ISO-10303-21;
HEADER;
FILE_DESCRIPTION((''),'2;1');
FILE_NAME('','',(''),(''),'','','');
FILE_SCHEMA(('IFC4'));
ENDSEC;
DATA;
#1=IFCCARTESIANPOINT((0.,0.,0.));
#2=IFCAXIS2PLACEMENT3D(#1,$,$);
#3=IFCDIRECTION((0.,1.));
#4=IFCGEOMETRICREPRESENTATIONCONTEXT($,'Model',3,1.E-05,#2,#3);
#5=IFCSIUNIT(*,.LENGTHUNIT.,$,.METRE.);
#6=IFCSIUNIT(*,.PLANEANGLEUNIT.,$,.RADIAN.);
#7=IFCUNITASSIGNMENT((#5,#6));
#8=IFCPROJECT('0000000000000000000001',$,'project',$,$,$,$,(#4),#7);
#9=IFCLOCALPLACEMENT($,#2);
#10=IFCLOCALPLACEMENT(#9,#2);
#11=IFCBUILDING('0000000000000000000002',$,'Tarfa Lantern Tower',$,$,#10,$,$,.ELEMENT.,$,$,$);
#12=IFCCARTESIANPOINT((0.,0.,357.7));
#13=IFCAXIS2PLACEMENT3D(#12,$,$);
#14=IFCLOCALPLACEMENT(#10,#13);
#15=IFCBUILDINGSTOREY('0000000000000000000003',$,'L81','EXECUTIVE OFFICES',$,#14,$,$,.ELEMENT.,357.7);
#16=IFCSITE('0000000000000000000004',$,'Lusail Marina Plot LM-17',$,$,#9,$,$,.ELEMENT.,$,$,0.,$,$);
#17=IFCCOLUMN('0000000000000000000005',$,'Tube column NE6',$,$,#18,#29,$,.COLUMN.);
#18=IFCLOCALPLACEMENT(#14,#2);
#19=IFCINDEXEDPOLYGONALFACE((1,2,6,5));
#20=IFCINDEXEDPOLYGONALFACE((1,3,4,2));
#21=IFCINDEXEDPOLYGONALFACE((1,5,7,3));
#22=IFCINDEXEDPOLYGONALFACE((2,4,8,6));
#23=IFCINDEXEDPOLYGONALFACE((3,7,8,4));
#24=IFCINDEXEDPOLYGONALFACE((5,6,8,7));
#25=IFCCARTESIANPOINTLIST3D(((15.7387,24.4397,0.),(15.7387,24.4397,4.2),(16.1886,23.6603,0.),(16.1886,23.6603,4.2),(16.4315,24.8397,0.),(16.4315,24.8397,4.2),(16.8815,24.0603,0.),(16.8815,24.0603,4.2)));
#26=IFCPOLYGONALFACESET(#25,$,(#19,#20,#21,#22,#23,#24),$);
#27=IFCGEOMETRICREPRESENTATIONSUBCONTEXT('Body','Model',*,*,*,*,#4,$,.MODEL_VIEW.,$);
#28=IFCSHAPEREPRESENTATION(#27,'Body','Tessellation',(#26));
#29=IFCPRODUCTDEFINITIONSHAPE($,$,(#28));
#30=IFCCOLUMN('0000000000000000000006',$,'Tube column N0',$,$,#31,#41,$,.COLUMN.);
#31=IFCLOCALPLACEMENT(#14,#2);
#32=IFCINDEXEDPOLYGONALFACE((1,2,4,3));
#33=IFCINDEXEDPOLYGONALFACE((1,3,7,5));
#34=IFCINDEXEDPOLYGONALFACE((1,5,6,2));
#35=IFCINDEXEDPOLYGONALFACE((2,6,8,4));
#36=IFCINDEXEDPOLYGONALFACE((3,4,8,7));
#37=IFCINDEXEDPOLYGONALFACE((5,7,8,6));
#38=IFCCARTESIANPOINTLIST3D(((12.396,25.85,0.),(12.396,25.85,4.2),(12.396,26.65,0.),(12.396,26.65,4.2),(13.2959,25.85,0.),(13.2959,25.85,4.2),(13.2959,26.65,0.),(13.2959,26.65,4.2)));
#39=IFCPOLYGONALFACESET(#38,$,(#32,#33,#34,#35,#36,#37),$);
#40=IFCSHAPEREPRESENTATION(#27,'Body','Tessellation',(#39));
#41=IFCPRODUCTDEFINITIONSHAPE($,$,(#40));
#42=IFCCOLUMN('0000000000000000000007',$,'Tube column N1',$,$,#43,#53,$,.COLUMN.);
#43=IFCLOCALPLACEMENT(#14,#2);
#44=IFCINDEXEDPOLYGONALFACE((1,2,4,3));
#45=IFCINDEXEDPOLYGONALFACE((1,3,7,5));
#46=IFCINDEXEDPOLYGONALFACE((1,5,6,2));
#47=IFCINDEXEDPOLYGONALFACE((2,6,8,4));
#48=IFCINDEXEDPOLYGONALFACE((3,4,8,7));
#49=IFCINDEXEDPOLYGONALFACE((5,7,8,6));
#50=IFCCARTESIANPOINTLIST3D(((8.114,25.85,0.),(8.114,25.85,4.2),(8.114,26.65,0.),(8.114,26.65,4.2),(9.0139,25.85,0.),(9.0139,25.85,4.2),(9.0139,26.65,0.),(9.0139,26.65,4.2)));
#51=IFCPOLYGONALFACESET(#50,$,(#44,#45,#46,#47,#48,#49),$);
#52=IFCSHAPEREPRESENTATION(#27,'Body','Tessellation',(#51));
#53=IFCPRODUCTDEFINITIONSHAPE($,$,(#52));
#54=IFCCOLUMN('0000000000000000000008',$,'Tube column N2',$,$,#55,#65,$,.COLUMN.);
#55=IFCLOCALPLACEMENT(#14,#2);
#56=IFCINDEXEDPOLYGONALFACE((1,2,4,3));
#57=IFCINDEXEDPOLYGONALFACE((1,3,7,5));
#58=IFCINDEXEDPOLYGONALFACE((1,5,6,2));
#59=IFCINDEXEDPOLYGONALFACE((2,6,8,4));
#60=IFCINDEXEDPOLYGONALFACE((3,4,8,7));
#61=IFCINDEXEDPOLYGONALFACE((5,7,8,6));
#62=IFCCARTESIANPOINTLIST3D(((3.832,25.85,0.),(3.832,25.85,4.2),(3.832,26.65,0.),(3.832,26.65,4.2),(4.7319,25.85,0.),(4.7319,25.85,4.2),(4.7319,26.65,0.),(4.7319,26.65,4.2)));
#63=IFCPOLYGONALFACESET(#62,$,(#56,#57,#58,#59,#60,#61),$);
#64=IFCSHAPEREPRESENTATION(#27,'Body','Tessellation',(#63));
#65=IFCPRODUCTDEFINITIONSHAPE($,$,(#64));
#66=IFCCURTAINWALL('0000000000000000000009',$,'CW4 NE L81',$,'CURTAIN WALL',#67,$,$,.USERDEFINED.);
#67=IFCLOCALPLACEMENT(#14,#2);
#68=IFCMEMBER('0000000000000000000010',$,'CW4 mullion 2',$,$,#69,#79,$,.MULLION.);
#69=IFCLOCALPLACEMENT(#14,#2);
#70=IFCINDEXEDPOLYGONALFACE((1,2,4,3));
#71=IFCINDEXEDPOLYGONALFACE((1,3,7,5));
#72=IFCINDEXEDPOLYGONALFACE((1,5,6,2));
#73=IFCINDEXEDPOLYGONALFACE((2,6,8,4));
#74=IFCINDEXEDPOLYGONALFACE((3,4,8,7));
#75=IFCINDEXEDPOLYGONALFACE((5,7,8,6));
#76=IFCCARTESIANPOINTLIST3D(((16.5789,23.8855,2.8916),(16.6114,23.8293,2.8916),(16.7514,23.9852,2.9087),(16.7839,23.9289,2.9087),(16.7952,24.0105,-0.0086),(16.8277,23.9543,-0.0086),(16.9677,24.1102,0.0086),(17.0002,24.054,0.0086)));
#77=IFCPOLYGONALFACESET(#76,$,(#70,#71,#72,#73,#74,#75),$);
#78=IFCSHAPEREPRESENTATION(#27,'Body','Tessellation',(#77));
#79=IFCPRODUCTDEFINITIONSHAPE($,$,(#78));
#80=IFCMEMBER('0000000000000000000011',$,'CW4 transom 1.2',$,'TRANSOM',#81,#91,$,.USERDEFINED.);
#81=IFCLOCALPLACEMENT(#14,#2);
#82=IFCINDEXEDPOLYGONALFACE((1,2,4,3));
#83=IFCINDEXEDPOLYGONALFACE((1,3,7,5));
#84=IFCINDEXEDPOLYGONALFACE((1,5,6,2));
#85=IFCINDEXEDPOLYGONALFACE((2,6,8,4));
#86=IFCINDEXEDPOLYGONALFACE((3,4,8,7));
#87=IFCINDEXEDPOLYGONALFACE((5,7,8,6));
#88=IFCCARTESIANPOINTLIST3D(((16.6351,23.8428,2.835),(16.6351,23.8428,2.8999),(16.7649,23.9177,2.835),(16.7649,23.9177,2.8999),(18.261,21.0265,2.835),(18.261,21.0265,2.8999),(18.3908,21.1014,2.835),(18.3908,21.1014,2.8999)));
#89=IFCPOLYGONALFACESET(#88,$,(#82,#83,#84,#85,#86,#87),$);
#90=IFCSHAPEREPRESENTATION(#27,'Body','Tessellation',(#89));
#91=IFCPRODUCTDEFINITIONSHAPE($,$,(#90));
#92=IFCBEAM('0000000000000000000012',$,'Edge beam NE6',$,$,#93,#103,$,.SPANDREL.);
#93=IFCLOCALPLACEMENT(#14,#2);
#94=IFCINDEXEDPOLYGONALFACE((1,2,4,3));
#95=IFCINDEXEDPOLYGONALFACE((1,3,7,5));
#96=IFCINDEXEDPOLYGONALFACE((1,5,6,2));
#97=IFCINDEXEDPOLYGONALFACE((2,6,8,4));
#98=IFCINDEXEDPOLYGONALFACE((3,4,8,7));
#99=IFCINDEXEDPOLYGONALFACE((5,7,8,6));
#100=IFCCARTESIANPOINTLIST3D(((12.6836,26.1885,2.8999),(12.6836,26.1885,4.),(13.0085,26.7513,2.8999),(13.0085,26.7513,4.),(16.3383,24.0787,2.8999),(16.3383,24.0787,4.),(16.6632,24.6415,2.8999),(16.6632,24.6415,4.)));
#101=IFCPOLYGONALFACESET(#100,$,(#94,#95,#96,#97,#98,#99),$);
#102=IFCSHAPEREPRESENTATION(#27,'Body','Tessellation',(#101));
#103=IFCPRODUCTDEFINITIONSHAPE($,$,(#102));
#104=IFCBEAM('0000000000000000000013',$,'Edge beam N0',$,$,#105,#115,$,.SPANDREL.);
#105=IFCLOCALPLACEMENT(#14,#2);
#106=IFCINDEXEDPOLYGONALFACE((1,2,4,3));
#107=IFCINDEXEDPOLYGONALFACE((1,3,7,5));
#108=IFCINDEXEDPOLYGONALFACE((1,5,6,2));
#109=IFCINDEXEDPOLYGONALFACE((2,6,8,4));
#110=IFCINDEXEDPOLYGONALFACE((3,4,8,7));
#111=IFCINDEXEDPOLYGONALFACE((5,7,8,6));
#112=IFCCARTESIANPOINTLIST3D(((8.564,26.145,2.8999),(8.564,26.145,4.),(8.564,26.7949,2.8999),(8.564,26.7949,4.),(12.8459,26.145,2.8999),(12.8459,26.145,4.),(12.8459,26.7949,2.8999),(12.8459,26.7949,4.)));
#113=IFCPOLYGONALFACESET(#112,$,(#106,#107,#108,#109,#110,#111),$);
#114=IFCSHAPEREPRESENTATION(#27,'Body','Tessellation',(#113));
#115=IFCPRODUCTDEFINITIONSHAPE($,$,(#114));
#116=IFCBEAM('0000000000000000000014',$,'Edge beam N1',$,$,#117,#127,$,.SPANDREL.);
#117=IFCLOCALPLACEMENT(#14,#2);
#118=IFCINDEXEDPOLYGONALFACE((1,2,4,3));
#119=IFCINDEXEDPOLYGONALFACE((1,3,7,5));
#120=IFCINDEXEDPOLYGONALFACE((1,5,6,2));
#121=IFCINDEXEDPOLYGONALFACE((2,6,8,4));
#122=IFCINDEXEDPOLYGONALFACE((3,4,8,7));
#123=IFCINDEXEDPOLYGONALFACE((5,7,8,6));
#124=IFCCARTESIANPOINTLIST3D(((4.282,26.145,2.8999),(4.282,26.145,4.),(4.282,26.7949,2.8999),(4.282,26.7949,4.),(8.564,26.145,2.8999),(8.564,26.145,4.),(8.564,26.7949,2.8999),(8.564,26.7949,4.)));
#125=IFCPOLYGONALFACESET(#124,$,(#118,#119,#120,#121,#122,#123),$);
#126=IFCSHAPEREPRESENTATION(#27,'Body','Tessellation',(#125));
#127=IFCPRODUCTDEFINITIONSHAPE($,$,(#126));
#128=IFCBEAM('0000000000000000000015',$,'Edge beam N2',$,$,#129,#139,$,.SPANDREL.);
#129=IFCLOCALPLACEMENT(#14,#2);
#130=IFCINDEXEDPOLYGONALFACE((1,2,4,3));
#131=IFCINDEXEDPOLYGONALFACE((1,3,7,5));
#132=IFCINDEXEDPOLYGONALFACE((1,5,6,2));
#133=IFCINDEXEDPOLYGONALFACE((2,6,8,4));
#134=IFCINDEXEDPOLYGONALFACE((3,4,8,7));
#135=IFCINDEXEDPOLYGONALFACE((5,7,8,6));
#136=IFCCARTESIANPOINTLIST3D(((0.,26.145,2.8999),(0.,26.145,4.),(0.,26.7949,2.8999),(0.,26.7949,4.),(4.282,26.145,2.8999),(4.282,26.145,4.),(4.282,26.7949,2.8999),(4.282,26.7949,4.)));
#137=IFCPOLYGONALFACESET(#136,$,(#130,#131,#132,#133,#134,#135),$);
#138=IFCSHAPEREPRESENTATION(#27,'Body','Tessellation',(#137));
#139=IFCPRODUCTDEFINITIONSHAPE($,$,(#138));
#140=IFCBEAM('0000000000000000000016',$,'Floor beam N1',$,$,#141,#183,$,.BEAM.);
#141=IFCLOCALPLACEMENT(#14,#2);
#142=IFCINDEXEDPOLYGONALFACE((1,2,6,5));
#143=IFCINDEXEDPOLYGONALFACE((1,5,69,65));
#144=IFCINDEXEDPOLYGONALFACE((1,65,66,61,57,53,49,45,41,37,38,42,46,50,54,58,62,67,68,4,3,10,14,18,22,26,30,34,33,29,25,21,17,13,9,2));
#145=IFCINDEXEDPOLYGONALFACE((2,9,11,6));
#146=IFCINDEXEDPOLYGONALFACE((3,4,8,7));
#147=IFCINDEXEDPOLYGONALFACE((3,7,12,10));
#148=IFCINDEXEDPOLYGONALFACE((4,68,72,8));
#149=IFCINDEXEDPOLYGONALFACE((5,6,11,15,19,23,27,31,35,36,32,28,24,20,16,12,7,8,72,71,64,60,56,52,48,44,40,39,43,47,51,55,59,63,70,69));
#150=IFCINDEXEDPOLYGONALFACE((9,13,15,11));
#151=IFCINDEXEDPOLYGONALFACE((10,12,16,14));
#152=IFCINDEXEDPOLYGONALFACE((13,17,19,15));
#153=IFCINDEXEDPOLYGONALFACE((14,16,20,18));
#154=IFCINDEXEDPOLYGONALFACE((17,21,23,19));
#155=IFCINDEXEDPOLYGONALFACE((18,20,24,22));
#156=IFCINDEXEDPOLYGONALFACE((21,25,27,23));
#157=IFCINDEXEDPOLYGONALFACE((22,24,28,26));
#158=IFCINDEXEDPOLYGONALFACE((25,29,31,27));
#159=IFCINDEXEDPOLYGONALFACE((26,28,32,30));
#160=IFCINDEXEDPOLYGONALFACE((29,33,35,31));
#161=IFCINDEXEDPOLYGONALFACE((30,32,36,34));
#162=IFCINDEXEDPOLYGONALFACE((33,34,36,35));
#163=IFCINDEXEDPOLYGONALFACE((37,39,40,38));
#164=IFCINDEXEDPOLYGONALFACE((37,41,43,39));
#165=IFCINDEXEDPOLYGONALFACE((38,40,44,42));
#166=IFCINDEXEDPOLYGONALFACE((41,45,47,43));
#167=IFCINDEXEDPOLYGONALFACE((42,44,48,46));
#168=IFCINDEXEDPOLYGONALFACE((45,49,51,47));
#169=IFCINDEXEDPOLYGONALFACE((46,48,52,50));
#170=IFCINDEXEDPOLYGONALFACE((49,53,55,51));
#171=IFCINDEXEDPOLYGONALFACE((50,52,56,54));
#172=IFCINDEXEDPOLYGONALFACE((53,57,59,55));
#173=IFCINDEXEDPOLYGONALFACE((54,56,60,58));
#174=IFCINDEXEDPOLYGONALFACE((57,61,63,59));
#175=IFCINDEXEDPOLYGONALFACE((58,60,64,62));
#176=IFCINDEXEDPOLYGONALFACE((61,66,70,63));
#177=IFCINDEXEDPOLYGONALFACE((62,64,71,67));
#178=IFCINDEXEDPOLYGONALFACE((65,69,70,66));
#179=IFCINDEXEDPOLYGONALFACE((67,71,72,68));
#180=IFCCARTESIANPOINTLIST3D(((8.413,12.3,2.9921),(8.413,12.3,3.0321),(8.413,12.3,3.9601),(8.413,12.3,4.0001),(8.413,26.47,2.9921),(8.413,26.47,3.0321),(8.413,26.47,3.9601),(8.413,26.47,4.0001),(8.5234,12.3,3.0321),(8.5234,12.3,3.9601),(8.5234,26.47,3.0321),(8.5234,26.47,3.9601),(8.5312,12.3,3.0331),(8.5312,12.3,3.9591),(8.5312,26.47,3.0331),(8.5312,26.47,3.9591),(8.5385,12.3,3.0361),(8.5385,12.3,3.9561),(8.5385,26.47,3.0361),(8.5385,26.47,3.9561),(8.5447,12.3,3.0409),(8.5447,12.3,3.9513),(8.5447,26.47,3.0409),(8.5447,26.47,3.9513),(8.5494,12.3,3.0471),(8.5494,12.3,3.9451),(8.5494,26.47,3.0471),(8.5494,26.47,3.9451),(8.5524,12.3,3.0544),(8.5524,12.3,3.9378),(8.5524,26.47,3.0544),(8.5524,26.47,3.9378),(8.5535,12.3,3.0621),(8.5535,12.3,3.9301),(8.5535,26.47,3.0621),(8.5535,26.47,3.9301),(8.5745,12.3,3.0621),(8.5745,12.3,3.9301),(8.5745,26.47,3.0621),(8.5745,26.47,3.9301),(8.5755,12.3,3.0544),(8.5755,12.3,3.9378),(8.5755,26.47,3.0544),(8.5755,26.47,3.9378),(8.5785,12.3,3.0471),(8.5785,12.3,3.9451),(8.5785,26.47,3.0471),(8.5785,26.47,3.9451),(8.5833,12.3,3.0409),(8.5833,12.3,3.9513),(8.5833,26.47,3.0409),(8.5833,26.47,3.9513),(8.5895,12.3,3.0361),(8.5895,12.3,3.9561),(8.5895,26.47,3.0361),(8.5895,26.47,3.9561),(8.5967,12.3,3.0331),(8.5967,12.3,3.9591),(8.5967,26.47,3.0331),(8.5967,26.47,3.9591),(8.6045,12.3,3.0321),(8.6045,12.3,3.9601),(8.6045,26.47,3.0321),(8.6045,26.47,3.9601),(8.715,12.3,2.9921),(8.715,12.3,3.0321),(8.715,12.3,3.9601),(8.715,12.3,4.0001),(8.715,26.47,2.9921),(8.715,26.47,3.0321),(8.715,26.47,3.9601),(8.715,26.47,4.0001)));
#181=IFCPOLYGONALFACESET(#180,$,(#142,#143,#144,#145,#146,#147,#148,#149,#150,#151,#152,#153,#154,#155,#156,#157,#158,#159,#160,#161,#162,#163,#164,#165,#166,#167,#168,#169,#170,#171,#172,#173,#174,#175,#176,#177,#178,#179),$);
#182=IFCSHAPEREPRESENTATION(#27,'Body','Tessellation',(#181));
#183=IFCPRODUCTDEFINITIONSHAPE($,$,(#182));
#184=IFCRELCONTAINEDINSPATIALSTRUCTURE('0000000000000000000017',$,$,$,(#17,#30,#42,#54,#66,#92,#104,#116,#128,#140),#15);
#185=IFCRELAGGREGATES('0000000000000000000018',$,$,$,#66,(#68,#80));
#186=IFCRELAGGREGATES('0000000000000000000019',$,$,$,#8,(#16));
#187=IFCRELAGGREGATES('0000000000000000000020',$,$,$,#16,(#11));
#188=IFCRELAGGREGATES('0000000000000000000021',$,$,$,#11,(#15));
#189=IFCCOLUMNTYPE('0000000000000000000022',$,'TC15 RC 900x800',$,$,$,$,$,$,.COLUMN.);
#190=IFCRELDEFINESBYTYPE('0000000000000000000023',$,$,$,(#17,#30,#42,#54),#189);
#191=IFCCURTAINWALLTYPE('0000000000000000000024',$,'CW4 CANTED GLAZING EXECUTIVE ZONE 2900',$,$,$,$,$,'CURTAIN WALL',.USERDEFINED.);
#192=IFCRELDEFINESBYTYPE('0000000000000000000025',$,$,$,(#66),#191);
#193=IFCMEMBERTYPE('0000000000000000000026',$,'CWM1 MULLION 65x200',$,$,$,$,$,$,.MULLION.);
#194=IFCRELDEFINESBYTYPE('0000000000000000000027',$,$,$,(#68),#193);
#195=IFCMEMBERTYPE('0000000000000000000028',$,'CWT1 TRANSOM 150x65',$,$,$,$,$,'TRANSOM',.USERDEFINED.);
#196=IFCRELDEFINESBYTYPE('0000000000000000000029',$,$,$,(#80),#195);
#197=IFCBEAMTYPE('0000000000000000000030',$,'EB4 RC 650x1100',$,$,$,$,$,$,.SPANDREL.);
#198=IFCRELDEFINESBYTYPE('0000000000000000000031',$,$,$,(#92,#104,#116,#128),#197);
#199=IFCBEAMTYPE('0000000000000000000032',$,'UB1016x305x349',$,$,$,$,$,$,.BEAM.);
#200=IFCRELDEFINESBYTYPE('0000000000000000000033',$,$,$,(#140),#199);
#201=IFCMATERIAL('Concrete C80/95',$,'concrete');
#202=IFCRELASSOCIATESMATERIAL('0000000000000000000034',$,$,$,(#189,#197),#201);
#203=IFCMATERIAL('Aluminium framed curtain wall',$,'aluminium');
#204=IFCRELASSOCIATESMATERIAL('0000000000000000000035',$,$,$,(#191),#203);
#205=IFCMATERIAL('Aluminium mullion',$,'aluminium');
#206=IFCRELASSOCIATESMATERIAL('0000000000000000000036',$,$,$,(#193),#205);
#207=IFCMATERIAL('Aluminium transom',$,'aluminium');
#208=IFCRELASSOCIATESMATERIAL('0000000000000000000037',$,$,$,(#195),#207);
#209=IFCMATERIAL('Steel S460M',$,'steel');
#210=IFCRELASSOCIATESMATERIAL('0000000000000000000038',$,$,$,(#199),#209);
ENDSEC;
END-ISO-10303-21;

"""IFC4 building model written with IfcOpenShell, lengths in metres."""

from ifc_helpers import new_model, si_unit, direction, frame, origin, origin_2d, place, context, subcontext, project, spatial, rectangle, i_section, extrude, material, material_profile, profile_set, type_object, element, aggregate, save


model = new_model("IFC4")

# Units and contexts
model_context = context("Model", 3, precision=1e-05, world=origin(), true_north=direction((0.0, 1.0)))
body_context = subcontext(model_context, "Body", "Model", "MODEL_VIEW")
ifc_project = project(units=[si_unit("LENGTHUNIT", "METRE"), si_unit("PLANEANGLEUNIT", "RADIAN")], contexts=[model_context])

# Site, building, storey
site_placement = place(None, origin())
site = spatial("IfcSite", under=ifc_project, at=site_placement, Name="Lusail Marina Plot LM-17", CompositionType="ELEMENT", RefElevation=0.0)
building_placement = place(site_placement, origin())
building = spatial("IfcBuilding", under=site, at=building_placement, Name="Tarfa Lantern Tower", CompositionType="ELEMENT")
storey_placement = place(building_placement, frame((0.0, 0.0, 357.7)))
storey = spatial("IfcBuildingStorey", under=building, at=storey_placement, Name="L81", Description="EXECUTIVE OFFICES", CompositionType="ELEMENT", Elevation=357.7)

# Columns
ifc_material_1 = material(Name="Concrete C80/95", Category="concrete")
ifc_material_profile_1 = material_profile(ifc_material_1, rectangle(XDim=0.8999, YDim=0.8, at=origin_2d()), Name="RC 900x800")
ifc_profile_set_1 = profile_set([ifc_material_profile_1], Name="Concrete C80/95")
column_type = type_object("IfcColumnType", Name="TC15 RC 900x800", PredefinedType="COLUMN", material=ifc_profile_set_1)
for number, where, z_axis, x_axis, name in (
    (1, (16.3101, 24.25, 0.0), (0.0, 0.0, 1.0), (-0.5, 0.866025, 0.0), "Tube column NE6"),
    (2, (12.8459, 26.25, 0.0), (0.0, 0.0, 1.0), (-1.0, 0.0, 0.0), "Tube column N0"),
    (3, (8.564, 26.25, 0.0), (0.0, 0.0, 1.0), (-1.0, 0.0, 0.0), "Tube column N1"),
    (4, (4.282, 26.25, 0.0), (0.0, 0.0, 1.0), (-1.0, 0.0, 0.0), "Tube column N2"),
):
    element("IfcColumn", number, at=place(storey_placement, frame(where, z_axis=z_axis, x_axis=x_axis)), inside=storey, type_object=column_type, Name=name, PredefinedType="COLUMN", context=body_context, shape_type="SweptSolid", body=[
        extrude(rectangle(XDim=0.8999, YDim=0.8, at=origin_2d()), origin(), (0.0, 0.0, 1.0), 4.2),
    ])

# Curtain wall, members
ifc_material_2 = material(Name="Aluminium framed curtain wall", Category="aluminium")
curtain_wall_type = type_object("IfcCurtainWallType", Name="CW4 CANTED GLAZING EXECUTIVE ZONE 2900", ElementType="CURTAIN WALL", PredefinedType="USERDEFINED", material=ifc_material_2)
curtain_wall_placement = place(storey_placement, origin())
curtain_wall = element("IfcCurtainWall", 5, at=curtain_wall_placement, inside=storey, type_object=curtain_wall_type, Name="CW4 NE L81", ObjectType="CURTAIN WALL", PredefinedType="USERDEFINED")
ifc_material_3 = material(Name="Aluminium mullion", Category="aluminium")
ifc_material_profile_2 = material_profile(ifc_material_3, rectangle(XDim=0.0649, YDim=0.2, at=origin_2d()), Name="AL MULLION 65x200")
ifc_profile_set_2 = profile_set([ifc_material_profile_2], Name="Aluminium mullion")
member_type_1 = type_object("IfcMemberType", Name="CWM1 MULLION 65x200", PredefinedType="MULLION", material=ifc_profile_set_2)
member_1_placement = place(storey_placement, frame((16.8977, 24.0322, 0.0), z_axis=(-0.07431, -0.042942, 0.99631), x_axis=(0.500343, -0.865827, 0.0)))
member_1 = element("IfcMember", 6, at=member_1_placement, type_object=member_type_1, Name="CW4 mullion 2", PredefinedType="MULLION", context=body_context, shape_type="SweptSolid", body=[
    extrude(rectangle(XDim=0.0649, YDim=0.2, at=origin_2d()), origin(), (0.0, 0.0, 1.0), 2.9109),
])
ifc_material_4 = material(Name="Aluminium transom", Category="aluminium")
ifc_material_profile_3 = material_profile(ifc_material_4, rectangle(XDim=0.1499, YDim=0.0649, at=origin_2d()), Name="AL TRANSOM 150x65")
ifc_profile_set_3 = profile_set([ifc_material_profile_3], Name="Aluminium transom")
member_type_2 = type_object("IfcMemberType", Name="CWT1 TRANSOM 150x65", ElementType="TRANSOM", PredefinedType="USERDEFINED", material=ifc_profile_set_3)
member_2_placement = place(storey_placement, frame((18.3259, 21.064, 2.8674), z_axis=(-0.499982, 0.866036, 0.0), x_axis=(-0.866036, -0.499982, 0.0)))
member_2 = element("IfcMember", 7, at=member_2_placement, type_object=member_type_2, Name="CW4 transom 1.2", ObjectType="TRANSOM", PredefinedType="USERDEFINED", context=body_context, shape_type="SweptSolid", body=[
    extrude(rectangle(XDim=0.1499, YDim=0.0649, at=origin_2d()), origin(), (0.0, 0.0, 1.0), 3.252),
])
aggregate(curtain_wall, [member_1, member_2])

# Beams
ifc_material_profile_4 = material_profile(ifc_material_1, rectangle(XDim=0.6499, YDim=1.1001, at=origin_2d()), Name="RC 650x1100")
ifc_profile_set_4 = profile_set([ifc_material_profile_4], Name="Concrete C80/95")
beam_type_1 = type_object("IfcBeamType", Name="EB4 RC 650x1100", PredefinedType="SPANDREL", material=ifc_profile_set_4)
beam_1_placement = place(storey_placement, frame((16.5007, 24.3601, 3.45), z_axis=(-0.866049, 0.499959, 0.0), x_axis=(-0.499959, -0.866049, 0.0)))
element("IfcBeam", 8, at=beam_1_placement, inside=storey, type_object=beam_type_1, Name="Edge beam NE6", PredefinedType="SPANDREL", context=body_context, shape_type="SweptSolid", body=[
    extrude(rectangle(XDim=0.6499, YDim=1.1001, at=origin_2d()), origin(), (0.0, 0.0, 1.0), 4.22),
])
for number, where, z_axis, x_axis, name in (
    (9, (12.8459, 26.47, 3.45), (-1.0, 0.0, 0.0), (0.0, -1.0, 0.0), "Edge beam N0"),
    (10, (8.564, 26.47, 3.45), (-1.0, 0.0, 0.0), (0.0, -1.0, 0.0), "Edge beam N1"),
    (11, (4.282, 26.47, 3.45), (-1.0, 0.0, 0.0), (0.0, -1.0, 0.0), "Edge beam N2"),
):
    element("IfcBeam", number, at=place(storey_placement, frame(where, z_axis=z_axis, x_axis=x_axis)), inside=storey, type_object=beam_type_1, Name=name, PredefinedType="SPANDREL", context=body_context, shape_type="SweptSolid", body=[
        extrude(rectangle(XDim=0.6499, YDim=1.1001, at=origin_2d()), origin(), (0.0, 0.0, 1.0), 4.282),
    ])
ifc_material_5 = material(Name="Steel S460M", Category="steel")
ifc_material_profile_5 = material_profile(ifc_material_5, i_section(OverallWidth=0.302, OverallDepth=1.0081, WebThickness=0.021, FlangeThickness=0.04, FilletRadius=0.03, at=origin_2d()), Name="UB1016x305x349")
ifc_profile_set_5 = profile_set([ifc_material_profile_5], Name="Steel S460M")
beam_type_2 = type_object("IfcBeamType", Name="UB1016x305x349", PredefinedType="BEAM", material=ifc_profile_set_5)
for number, where, z_axis, x_axis, name in (
    (12, (8.564, 26.47, 3.4961), (0.0, -1.0, 0.0), (1.0, 0.0, 0.0), "Floor beam N1"),
):
    element("IfcBeam", number, at=place(storey_placement, frame(where, z_axis=z_axis, x_axis=x_axis)), inside=storey, type_object=beam_type_2, Name=name, PredefinedType="BEAM", context=body_context, shape_type="SweptSolid", body=[
        extrude(i_section(OverallWidth=0.302, OverallDepth=1.0081, WebThickness=0.021, FlangeThickness=0.04, FilletRadius=0.03, at=origin_2d()), origin(), (0.0, 0.0, 1.0), 14.1699),
    ])

save(model, "model.ifc")
